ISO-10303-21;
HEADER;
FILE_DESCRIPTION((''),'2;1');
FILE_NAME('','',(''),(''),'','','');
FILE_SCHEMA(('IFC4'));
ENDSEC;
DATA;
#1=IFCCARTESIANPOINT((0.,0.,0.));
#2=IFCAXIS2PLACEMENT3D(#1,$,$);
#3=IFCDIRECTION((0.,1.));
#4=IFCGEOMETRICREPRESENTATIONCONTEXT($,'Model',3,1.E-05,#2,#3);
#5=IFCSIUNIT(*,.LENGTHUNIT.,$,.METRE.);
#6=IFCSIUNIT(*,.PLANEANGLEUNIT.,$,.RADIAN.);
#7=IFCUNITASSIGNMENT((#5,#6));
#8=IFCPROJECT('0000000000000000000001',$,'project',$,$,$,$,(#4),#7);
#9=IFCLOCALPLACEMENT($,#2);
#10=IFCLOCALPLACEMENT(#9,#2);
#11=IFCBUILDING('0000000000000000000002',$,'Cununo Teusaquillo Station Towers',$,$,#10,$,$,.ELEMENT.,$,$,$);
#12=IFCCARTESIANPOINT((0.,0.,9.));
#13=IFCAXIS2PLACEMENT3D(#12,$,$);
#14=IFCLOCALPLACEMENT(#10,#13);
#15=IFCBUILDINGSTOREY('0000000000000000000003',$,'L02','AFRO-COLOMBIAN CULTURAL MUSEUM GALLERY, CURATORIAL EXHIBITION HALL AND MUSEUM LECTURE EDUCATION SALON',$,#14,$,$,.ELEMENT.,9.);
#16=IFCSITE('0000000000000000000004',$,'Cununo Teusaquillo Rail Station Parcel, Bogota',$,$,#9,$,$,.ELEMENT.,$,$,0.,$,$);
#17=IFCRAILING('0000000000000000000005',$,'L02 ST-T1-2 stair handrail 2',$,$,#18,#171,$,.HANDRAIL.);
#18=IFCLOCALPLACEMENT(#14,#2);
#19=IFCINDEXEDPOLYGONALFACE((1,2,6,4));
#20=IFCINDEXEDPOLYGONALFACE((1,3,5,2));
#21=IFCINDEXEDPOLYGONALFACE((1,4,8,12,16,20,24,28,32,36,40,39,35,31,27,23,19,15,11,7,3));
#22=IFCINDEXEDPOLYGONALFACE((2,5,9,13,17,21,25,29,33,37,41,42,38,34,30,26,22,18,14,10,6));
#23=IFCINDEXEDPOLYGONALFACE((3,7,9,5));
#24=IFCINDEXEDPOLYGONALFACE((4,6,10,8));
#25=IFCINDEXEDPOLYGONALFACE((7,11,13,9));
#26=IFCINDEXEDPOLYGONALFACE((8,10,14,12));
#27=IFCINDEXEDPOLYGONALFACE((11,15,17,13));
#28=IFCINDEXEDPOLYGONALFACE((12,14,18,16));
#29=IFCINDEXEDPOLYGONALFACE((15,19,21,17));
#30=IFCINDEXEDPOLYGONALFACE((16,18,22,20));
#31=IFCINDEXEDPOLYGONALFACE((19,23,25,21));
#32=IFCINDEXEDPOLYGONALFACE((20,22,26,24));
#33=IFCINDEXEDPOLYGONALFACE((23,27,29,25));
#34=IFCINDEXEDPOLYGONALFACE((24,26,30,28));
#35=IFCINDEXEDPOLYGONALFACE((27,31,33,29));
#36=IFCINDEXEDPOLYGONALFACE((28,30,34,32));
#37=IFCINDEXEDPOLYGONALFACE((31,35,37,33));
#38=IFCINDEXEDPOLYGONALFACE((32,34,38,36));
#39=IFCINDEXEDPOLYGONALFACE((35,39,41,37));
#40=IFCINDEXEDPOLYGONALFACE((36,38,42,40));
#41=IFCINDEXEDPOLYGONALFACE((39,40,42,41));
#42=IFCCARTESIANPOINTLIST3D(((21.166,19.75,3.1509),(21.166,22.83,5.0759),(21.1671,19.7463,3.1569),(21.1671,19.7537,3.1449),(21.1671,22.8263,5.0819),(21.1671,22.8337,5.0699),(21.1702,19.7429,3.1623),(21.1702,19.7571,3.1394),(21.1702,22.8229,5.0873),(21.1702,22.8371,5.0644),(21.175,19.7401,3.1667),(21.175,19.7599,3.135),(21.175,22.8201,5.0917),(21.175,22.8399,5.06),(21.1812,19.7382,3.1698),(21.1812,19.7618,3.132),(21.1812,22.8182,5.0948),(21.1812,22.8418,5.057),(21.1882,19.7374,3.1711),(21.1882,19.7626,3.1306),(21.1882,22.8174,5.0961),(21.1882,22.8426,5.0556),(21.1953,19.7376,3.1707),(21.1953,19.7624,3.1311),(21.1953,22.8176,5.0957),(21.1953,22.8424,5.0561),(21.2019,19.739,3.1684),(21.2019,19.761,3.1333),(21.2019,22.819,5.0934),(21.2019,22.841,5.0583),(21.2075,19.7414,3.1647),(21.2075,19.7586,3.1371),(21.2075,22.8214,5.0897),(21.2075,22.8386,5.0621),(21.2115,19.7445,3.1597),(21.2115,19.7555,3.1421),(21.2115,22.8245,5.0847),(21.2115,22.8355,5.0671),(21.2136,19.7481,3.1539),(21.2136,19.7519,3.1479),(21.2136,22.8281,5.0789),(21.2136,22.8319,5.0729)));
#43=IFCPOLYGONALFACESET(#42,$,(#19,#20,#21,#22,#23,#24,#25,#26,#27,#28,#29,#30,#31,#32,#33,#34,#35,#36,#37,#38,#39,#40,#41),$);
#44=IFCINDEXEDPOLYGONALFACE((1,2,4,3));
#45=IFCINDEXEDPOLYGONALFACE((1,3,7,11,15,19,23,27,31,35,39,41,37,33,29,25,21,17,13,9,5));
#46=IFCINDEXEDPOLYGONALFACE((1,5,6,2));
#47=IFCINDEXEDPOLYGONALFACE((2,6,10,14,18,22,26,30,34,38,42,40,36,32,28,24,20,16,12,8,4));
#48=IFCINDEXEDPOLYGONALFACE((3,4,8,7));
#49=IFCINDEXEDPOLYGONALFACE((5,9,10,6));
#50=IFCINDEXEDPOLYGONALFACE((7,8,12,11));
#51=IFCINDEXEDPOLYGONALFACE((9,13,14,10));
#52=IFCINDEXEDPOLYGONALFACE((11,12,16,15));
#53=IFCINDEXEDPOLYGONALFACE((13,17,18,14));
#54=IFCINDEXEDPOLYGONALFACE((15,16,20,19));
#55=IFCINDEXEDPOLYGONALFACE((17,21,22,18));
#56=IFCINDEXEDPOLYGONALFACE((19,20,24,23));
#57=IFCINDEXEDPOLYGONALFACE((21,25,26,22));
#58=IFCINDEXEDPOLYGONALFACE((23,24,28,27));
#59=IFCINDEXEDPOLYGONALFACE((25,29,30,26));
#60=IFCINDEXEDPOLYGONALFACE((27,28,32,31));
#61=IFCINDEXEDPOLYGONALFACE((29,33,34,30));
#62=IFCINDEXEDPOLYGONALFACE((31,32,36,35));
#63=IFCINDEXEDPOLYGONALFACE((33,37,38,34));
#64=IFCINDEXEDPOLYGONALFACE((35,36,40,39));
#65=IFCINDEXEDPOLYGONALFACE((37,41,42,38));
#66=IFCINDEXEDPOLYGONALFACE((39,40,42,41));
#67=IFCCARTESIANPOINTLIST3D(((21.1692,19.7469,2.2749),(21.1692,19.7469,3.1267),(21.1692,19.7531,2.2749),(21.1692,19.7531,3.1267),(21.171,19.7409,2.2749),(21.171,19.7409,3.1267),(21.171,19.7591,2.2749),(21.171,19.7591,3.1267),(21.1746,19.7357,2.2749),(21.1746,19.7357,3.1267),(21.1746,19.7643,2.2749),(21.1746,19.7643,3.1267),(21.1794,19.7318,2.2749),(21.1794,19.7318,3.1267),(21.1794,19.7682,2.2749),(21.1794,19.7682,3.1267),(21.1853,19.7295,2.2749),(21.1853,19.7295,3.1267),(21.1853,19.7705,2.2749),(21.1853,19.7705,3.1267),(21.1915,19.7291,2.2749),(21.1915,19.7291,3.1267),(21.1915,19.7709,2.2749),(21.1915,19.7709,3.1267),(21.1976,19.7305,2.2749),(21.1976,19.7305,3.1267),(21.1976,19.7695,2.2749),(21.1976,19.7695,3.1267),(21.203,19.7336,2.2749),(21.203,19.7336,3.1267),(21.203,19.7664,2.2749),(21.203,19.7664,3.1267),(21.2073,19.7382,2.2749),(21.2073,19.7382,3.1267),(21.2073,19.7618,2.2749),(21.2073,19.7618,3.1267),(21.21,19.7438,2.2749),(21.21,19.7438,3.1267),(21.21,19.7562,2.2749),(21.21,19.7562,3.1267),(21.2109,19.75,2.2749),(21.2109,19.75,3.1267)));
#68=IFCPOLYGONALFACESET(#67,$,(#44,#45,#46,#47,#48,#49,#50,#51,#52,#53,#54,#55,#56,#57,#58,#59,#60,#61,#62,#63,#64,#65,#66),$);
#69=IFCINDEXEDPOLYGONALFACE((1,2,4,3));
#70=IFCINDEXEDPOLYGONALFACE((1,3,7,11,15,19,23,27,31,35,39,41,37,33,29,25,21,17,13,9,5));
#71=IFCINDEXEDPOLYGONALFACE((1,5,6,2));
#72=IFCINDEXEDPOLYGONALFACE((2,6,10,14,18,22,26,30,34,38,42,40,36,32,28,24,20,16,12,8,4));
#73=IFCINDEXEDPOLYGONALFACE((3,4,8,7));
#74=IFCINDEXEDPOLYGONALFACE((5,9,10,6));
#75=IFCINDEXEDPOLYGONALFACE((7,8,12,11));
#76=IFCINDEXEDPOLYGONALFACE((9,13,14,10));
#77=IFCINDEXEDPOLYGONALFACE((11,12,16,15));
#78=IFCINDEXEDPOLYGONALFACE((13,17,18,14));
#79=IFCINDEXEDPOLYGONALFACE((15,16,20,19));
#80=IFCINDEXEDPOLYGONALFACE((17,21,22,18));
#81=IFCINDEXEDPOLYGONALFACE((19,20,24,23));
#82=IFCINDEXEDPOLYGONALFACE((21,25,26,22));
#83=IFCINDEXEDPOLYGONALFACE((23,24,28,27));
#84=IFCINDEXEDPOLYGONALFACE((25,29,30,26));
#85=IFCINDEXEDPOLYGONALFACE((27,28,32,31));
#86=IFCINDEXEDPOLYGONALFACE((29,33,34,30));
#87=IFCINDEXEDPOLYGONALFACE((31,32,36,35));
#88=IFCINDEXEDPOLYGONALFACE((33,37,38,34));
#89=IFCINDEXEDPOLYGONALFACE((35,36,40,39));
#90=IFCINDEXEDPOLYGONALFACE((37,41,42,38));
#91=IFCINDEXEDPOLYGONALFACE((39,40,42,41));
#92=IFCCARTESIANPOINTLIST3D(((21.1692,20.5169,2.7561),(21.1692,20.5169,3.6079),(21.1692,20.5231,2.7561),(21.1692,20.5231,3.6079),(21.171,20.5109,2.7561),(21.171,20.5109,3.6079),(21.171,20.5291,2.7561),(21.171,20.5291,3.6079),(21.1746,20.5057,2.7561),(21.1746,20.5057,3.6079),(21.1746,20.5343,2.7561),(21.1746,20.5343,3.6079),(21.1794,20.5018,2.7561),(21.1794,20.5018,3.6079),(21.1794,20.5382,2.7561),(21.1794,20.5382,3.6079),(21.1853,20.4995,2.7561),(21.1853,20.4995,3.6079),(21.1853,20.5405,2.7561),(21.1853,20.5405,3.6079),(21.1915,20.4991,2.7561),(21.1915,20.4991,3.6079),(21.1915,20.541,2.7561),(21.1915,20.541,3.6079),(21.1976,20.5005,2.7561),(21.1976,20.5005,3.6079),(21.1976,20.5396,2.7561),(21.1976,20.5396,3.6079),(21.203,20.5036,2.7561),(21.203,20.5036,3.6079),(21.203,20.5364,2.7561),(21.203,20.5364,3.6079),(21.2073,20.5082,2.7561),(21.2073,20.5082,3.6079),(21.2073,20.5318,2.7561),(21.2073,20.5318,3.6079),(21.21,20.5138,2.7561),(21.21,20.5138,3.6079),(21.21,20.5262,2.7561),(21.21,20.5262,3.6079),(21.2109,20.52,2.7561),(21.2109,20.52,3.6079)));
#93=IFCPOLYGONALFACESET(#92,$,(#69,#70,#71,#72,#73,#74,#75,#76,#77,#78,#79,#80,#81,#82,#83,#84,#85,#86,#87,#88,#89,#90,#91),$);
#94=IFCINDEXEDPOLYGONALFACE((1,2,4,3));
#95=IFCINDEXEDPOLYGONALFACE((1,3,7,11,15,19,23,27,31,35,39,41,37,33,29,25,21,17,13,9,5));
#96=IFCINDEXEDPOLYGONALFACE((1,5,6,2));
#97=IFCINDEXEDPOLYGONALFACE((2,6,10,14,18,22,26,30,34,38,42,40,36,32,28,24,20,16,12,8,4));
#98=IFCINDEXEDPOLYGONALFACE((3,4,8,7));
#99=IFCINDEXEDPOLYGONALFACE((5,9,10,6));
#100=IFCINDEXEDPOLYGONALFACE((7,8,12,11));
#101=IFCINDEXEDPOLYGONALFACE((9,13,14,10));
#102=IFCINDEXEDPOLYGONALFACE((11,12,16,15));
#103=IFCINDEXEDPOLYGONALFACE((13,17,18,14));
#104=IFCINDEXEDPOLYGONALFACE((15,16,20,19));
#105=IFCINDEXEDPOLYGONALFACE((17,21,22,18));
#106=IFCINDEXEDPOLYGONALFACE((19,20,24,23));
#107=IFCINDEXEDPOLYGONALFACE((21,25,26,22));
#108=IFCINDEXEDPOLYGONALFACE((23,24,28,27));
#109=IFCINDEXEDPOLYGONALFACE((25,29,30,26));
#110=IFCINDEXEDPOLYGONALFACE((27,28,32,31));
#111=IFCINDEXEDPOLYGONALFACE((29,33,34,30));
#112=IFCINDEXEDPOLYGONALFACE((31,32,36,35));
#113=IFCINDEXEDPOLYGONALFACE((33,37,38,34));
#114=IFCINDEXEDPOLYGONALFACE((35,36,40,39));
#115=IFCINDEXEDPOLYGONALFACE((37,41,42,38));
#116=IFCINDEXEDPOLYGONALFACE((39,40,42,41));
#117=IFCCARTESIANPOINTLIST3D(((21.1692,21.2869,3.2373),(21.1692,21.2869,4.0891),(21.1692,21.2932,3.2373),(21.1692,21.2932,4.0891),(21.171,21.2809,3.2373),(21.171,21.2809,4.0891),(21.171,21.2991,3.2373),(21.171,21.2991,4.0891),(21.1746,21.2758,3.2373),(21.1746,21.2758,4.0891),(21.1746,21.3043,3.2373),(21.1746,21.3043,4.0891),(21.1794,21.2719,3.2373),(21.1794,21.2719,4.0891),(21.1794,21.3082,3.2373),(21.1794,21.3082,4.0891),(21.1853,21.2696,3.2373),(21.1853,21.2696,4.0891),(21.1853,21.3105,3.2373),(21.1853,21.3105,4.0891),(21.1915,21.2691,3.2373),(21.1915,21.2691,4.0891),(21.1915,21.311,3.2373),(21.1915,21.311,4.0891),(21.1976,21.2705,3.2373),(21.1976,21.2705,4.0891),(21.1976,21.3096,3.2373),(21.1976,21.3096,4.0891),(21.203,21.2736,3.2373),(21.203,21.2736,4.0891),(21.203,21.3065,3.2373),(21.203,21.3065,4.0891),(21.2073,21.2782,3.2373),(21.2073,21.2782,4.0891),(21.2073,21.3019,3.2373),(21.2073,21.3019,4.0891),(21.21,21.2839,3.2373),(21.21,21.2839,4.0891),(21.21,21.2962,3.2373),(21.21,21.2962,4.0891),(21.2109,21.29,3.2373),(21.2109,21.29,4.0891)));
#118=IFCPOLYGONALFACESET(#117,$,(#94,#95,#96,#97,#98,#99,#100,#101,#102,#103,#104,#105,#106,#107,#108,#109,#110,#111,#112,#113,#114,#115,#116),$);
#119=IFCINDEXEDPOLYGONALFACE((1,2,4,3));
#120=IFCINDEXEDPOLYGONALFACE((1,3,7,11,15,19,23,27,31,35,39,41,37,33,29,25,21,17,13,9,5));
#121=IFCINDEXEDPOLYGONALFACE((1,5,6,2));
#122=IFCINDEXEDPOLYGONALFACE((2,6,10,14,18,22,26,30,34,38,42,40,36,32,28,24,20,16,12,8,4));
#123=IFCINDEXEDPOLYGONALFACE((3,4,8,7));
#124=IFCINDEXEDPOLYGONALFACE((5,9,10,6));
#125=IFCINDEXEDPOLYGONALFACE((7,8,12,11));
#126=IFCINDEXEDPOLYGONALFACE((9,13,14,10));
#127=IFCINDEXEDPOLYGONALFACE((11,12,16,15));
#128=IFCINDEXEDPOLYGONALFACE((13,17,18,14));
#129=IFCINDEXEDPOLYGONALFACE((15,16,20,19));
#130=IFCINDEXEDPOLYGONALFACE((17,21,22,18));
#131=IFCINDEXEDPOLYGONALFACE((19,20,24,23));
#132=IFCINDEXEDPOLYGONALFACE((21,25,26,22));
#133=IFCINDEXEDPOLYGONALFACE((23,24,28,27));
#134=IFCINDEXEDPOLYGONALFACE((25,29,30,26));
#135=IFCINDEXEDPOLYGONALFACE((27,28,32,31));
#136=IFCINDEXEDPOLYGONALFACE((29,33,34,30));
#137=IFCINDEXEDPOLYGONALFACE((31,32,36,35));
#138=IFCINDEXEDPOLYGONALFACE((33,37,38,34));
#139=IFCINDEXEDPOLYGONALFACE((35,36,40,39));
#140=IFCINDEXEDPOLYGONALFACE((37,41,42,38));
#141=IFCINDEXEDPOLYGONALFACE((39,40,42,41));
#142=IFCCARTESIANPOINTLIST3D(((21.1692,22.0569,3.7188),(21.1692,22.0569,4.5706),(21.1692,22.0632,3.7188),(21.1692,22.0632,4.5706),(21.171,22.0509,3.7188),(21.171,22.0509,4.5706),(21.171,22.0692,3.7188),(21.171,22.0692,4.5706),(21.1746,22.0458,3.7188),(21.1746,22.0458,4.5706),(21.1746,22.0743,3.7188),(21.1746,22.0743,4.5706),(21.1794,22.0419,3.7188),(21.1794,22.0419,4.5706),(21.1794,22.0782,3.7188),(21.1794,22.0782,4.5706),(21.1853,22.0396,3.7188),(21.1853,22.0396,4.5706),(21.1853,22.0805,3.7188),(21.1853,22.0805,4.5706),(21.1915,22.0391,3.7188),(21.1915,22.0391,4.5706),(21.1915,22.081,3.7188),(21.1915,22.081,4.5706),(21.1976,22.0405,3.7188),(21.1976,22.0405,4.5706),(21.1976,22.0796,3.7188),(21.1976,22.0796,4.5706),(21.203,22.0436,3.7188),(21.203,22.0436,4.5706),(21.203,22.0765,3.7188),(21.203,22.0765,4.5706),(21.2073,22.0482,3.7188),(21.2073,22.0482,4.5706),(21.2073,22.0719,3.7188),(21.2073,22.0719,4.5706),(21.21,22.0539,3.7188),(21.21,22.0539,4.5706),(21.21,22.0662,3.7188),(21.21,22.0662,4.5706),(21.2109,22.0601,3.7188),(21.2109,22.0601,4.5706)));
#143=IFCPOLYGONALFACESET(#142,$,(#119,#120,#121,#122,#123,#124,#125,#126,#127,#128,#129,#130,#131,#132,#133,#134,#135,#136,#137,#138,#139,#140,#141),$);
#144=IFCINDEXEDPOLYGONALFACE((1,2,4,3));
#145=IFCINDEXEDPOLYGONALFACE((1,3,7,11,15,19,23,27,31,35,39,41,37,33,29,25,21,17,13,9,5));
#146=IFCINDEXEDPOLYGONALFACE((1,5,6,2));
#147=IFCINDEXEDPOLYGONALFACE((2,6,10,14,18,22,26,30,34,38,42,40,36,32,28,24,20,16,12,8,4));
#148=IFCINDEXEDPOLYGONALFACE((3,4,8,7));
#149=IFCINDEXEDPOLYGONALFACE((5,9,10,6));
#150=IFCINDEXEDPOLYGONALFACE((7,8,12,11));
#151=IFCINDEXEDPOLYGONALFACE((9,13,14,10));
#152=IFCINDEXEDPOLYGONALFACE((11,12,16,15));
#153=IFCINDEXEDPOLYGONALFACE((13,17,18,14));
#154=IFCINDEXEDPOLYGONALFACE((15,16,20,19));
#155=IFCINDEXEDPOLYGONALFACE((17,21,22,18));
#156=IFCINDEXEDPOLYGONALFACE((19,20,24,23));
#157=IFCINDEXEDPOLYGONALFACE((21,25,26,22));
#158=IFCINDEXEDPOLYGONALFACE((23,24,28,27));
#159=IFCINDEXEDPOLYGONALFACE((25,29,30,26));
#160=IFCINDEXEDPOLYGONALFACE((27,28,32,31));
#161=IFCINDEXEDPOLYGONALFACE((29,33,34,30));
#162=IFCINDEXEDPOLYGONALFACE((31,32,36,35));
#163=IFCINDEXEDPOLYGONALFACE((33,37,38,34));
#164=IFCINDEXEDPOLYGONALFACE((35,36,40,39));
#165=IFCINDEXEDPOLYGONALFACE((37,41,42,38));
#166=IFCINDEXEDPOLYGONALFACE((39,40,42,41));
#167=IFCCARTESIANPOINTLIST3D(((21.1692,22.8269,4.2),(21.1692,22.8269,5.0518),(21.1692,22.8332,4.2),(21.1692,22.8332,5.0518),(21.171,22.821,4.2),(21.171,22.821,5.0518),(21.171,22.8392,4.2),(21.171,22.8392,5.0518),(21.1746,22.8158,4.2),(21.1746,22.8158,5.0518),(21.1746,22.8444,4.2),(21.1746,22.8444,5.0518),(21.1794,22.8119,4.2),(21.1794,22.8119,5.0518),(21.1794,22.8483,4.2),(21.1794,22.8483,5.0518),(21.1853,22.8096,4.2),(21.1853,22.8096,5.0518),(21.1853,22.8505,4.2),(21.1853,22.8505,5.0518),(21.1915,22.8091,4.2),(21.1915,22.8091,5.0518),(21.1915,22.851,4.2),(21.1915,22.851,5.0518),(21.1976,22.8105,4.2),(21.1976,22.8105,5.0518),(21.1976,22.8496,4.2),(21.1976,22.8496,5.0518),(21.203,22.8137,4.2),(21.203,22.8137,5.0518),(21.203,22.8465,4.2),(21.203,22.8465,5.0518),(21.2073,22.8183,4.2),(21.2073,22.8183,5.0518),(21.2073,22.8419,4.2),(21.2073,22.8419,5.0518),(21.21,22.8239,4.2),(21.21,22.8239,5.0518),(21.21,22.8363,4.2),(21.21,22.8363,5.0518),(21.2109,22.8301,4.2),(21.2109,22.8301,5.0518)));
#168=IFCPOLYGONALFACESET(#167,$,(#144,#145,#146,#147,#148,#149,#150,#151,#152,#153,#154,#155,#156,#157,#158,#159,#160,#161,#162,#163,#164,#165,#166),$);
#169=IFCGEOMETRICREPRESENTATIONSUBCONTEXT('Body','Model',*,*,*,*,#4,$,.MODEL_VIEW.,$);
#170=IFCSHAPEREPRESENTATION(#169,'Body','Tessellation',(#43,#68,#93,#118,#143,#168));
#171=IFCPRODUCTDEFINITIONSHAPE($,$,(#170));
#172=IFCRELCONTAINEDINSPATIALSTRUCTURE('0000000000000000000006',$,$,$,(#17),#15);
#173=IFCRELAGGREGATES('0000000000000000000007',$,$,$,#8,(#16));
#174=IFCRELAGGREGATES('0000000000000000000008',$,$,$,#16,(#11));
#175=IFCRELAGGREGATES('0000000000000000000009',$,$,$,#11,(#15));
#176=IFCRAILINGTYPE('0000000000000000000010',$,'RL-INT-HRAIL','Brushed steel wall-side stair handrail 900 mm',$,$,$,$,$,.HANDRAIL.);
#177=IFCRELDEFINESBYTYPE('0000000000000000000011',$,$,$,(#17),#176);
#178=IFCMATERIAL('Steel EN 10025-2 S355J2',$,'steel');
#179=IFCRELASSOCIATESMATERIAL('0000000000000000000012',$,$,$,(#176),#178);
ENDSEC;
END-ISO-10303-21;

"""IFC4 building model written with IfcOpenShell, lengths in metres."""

from ifc_helpers import new_model, si_unit, direction, frame, origin, origin_2d, place, context, subcontext, project, spatial, circle, extrude, material, type_object, element, save


model = new_model("IFC4")

# Units and contexts
model_context = context("Model", 3, precision=1e-05, world=origin(), true_north=direction((0.0, 1.0)))
body_context = subcontext(model_context, "Body", "Model", "MODEL_VIEW")
ifc_project = project(units=[si_unit("LENGTHUNIT", "METRE"), si_unit("PLANEANGLEUNIT", "RADIAN")], contexts=[model_context])

# Site, building, storey
site_placement = place(None, origin())
site = spatial("IfcSite", under=ifc_project, at=site_placement, Name="Cununo Teusaquillo Rail Station Parcel, Bogota", CompositionType="ELEMENT", RefElevation=0.0)
building_placement = place(site_placement, origin())
building = spatial("IfcBuilding", under=site, at=building_placement, Name="Cununo Teusaquillo Station Towers", CompositionType="ELEMENT")
storey_placement = place(building_placement, frame((0.0, 0.0, 9.0)))
storey = spatial("IfcBuildingStorey", under=building, at=storey_placement, Name="L02", Description="AFRO-COLOMBIAN CULTURAL MUSEUM GALLERY, CURATORIAL EXHIBITION HALL AND MUSEUM LECTURE EDUCATION SALON", CompositionType="ELEMENT", Elevation=9.0)

# Railing
ifc_material_1 = material(Name="Steel EN 10025-2 S355J2", Category="steel")
railing_type_1 = type_object("IfcRailingType", Name="RL-INT-HRAIL", Description="Brushed steel wall-side stair handrail 900 mm", PredefinedType="HANDRAIL", material=ifc_material_1)
railing_1_placement = place(storey_placement, frame((21.1899, 19.75, 2.2749)))
element("IfcRailing", 1, at=railing_1_placement, inside=storey, type_object=railing_type_1, Name="L02 ST-T1-2 stair handrail 2", PredefinedType="HANDRAIL", context=body_context, shape_type="SweptSolid", body=[
    extrude(circle(Radius=0.0239, at=origin_2d()), frame((0.0, 0.0, 0.876), z_axis=(0.0, 0.847998, 0.529999), x_axis=(-1.0, 0.0, 0.0)), (0.0, 0.0, 1.0), 3.6321),
    extrude(circle(Radius=0.021, at=origin_2d()), origin(), (0.0, 0.0, 1.0), 0.8518),
    extrude(circle(Radius=0.021, at=origin_2d()), frame((0.0, 0.77, 0.4812)), (0.0, 0.0, 1.0), 0.8518),
    extrude(circle(Radius=0.021, at=origin_2d()), frame((0.0, 1.54, 0.9624)), (0.0, 0.0, 1.0), 0.8518),
    extrude(circle(Radius=0.021, at=origin_2d()), frame((0.0, 2.3101, 1.4438)), (0.0, 0.0, 1.0), 0.8518),
    extrude(circle(Radius=0.021, at=origin_2d()), frame((0.0, 3.0801, 1.925)), (0.0, 0.0, 1.0), 0.8518),
])

save(model, "model.ifc")
